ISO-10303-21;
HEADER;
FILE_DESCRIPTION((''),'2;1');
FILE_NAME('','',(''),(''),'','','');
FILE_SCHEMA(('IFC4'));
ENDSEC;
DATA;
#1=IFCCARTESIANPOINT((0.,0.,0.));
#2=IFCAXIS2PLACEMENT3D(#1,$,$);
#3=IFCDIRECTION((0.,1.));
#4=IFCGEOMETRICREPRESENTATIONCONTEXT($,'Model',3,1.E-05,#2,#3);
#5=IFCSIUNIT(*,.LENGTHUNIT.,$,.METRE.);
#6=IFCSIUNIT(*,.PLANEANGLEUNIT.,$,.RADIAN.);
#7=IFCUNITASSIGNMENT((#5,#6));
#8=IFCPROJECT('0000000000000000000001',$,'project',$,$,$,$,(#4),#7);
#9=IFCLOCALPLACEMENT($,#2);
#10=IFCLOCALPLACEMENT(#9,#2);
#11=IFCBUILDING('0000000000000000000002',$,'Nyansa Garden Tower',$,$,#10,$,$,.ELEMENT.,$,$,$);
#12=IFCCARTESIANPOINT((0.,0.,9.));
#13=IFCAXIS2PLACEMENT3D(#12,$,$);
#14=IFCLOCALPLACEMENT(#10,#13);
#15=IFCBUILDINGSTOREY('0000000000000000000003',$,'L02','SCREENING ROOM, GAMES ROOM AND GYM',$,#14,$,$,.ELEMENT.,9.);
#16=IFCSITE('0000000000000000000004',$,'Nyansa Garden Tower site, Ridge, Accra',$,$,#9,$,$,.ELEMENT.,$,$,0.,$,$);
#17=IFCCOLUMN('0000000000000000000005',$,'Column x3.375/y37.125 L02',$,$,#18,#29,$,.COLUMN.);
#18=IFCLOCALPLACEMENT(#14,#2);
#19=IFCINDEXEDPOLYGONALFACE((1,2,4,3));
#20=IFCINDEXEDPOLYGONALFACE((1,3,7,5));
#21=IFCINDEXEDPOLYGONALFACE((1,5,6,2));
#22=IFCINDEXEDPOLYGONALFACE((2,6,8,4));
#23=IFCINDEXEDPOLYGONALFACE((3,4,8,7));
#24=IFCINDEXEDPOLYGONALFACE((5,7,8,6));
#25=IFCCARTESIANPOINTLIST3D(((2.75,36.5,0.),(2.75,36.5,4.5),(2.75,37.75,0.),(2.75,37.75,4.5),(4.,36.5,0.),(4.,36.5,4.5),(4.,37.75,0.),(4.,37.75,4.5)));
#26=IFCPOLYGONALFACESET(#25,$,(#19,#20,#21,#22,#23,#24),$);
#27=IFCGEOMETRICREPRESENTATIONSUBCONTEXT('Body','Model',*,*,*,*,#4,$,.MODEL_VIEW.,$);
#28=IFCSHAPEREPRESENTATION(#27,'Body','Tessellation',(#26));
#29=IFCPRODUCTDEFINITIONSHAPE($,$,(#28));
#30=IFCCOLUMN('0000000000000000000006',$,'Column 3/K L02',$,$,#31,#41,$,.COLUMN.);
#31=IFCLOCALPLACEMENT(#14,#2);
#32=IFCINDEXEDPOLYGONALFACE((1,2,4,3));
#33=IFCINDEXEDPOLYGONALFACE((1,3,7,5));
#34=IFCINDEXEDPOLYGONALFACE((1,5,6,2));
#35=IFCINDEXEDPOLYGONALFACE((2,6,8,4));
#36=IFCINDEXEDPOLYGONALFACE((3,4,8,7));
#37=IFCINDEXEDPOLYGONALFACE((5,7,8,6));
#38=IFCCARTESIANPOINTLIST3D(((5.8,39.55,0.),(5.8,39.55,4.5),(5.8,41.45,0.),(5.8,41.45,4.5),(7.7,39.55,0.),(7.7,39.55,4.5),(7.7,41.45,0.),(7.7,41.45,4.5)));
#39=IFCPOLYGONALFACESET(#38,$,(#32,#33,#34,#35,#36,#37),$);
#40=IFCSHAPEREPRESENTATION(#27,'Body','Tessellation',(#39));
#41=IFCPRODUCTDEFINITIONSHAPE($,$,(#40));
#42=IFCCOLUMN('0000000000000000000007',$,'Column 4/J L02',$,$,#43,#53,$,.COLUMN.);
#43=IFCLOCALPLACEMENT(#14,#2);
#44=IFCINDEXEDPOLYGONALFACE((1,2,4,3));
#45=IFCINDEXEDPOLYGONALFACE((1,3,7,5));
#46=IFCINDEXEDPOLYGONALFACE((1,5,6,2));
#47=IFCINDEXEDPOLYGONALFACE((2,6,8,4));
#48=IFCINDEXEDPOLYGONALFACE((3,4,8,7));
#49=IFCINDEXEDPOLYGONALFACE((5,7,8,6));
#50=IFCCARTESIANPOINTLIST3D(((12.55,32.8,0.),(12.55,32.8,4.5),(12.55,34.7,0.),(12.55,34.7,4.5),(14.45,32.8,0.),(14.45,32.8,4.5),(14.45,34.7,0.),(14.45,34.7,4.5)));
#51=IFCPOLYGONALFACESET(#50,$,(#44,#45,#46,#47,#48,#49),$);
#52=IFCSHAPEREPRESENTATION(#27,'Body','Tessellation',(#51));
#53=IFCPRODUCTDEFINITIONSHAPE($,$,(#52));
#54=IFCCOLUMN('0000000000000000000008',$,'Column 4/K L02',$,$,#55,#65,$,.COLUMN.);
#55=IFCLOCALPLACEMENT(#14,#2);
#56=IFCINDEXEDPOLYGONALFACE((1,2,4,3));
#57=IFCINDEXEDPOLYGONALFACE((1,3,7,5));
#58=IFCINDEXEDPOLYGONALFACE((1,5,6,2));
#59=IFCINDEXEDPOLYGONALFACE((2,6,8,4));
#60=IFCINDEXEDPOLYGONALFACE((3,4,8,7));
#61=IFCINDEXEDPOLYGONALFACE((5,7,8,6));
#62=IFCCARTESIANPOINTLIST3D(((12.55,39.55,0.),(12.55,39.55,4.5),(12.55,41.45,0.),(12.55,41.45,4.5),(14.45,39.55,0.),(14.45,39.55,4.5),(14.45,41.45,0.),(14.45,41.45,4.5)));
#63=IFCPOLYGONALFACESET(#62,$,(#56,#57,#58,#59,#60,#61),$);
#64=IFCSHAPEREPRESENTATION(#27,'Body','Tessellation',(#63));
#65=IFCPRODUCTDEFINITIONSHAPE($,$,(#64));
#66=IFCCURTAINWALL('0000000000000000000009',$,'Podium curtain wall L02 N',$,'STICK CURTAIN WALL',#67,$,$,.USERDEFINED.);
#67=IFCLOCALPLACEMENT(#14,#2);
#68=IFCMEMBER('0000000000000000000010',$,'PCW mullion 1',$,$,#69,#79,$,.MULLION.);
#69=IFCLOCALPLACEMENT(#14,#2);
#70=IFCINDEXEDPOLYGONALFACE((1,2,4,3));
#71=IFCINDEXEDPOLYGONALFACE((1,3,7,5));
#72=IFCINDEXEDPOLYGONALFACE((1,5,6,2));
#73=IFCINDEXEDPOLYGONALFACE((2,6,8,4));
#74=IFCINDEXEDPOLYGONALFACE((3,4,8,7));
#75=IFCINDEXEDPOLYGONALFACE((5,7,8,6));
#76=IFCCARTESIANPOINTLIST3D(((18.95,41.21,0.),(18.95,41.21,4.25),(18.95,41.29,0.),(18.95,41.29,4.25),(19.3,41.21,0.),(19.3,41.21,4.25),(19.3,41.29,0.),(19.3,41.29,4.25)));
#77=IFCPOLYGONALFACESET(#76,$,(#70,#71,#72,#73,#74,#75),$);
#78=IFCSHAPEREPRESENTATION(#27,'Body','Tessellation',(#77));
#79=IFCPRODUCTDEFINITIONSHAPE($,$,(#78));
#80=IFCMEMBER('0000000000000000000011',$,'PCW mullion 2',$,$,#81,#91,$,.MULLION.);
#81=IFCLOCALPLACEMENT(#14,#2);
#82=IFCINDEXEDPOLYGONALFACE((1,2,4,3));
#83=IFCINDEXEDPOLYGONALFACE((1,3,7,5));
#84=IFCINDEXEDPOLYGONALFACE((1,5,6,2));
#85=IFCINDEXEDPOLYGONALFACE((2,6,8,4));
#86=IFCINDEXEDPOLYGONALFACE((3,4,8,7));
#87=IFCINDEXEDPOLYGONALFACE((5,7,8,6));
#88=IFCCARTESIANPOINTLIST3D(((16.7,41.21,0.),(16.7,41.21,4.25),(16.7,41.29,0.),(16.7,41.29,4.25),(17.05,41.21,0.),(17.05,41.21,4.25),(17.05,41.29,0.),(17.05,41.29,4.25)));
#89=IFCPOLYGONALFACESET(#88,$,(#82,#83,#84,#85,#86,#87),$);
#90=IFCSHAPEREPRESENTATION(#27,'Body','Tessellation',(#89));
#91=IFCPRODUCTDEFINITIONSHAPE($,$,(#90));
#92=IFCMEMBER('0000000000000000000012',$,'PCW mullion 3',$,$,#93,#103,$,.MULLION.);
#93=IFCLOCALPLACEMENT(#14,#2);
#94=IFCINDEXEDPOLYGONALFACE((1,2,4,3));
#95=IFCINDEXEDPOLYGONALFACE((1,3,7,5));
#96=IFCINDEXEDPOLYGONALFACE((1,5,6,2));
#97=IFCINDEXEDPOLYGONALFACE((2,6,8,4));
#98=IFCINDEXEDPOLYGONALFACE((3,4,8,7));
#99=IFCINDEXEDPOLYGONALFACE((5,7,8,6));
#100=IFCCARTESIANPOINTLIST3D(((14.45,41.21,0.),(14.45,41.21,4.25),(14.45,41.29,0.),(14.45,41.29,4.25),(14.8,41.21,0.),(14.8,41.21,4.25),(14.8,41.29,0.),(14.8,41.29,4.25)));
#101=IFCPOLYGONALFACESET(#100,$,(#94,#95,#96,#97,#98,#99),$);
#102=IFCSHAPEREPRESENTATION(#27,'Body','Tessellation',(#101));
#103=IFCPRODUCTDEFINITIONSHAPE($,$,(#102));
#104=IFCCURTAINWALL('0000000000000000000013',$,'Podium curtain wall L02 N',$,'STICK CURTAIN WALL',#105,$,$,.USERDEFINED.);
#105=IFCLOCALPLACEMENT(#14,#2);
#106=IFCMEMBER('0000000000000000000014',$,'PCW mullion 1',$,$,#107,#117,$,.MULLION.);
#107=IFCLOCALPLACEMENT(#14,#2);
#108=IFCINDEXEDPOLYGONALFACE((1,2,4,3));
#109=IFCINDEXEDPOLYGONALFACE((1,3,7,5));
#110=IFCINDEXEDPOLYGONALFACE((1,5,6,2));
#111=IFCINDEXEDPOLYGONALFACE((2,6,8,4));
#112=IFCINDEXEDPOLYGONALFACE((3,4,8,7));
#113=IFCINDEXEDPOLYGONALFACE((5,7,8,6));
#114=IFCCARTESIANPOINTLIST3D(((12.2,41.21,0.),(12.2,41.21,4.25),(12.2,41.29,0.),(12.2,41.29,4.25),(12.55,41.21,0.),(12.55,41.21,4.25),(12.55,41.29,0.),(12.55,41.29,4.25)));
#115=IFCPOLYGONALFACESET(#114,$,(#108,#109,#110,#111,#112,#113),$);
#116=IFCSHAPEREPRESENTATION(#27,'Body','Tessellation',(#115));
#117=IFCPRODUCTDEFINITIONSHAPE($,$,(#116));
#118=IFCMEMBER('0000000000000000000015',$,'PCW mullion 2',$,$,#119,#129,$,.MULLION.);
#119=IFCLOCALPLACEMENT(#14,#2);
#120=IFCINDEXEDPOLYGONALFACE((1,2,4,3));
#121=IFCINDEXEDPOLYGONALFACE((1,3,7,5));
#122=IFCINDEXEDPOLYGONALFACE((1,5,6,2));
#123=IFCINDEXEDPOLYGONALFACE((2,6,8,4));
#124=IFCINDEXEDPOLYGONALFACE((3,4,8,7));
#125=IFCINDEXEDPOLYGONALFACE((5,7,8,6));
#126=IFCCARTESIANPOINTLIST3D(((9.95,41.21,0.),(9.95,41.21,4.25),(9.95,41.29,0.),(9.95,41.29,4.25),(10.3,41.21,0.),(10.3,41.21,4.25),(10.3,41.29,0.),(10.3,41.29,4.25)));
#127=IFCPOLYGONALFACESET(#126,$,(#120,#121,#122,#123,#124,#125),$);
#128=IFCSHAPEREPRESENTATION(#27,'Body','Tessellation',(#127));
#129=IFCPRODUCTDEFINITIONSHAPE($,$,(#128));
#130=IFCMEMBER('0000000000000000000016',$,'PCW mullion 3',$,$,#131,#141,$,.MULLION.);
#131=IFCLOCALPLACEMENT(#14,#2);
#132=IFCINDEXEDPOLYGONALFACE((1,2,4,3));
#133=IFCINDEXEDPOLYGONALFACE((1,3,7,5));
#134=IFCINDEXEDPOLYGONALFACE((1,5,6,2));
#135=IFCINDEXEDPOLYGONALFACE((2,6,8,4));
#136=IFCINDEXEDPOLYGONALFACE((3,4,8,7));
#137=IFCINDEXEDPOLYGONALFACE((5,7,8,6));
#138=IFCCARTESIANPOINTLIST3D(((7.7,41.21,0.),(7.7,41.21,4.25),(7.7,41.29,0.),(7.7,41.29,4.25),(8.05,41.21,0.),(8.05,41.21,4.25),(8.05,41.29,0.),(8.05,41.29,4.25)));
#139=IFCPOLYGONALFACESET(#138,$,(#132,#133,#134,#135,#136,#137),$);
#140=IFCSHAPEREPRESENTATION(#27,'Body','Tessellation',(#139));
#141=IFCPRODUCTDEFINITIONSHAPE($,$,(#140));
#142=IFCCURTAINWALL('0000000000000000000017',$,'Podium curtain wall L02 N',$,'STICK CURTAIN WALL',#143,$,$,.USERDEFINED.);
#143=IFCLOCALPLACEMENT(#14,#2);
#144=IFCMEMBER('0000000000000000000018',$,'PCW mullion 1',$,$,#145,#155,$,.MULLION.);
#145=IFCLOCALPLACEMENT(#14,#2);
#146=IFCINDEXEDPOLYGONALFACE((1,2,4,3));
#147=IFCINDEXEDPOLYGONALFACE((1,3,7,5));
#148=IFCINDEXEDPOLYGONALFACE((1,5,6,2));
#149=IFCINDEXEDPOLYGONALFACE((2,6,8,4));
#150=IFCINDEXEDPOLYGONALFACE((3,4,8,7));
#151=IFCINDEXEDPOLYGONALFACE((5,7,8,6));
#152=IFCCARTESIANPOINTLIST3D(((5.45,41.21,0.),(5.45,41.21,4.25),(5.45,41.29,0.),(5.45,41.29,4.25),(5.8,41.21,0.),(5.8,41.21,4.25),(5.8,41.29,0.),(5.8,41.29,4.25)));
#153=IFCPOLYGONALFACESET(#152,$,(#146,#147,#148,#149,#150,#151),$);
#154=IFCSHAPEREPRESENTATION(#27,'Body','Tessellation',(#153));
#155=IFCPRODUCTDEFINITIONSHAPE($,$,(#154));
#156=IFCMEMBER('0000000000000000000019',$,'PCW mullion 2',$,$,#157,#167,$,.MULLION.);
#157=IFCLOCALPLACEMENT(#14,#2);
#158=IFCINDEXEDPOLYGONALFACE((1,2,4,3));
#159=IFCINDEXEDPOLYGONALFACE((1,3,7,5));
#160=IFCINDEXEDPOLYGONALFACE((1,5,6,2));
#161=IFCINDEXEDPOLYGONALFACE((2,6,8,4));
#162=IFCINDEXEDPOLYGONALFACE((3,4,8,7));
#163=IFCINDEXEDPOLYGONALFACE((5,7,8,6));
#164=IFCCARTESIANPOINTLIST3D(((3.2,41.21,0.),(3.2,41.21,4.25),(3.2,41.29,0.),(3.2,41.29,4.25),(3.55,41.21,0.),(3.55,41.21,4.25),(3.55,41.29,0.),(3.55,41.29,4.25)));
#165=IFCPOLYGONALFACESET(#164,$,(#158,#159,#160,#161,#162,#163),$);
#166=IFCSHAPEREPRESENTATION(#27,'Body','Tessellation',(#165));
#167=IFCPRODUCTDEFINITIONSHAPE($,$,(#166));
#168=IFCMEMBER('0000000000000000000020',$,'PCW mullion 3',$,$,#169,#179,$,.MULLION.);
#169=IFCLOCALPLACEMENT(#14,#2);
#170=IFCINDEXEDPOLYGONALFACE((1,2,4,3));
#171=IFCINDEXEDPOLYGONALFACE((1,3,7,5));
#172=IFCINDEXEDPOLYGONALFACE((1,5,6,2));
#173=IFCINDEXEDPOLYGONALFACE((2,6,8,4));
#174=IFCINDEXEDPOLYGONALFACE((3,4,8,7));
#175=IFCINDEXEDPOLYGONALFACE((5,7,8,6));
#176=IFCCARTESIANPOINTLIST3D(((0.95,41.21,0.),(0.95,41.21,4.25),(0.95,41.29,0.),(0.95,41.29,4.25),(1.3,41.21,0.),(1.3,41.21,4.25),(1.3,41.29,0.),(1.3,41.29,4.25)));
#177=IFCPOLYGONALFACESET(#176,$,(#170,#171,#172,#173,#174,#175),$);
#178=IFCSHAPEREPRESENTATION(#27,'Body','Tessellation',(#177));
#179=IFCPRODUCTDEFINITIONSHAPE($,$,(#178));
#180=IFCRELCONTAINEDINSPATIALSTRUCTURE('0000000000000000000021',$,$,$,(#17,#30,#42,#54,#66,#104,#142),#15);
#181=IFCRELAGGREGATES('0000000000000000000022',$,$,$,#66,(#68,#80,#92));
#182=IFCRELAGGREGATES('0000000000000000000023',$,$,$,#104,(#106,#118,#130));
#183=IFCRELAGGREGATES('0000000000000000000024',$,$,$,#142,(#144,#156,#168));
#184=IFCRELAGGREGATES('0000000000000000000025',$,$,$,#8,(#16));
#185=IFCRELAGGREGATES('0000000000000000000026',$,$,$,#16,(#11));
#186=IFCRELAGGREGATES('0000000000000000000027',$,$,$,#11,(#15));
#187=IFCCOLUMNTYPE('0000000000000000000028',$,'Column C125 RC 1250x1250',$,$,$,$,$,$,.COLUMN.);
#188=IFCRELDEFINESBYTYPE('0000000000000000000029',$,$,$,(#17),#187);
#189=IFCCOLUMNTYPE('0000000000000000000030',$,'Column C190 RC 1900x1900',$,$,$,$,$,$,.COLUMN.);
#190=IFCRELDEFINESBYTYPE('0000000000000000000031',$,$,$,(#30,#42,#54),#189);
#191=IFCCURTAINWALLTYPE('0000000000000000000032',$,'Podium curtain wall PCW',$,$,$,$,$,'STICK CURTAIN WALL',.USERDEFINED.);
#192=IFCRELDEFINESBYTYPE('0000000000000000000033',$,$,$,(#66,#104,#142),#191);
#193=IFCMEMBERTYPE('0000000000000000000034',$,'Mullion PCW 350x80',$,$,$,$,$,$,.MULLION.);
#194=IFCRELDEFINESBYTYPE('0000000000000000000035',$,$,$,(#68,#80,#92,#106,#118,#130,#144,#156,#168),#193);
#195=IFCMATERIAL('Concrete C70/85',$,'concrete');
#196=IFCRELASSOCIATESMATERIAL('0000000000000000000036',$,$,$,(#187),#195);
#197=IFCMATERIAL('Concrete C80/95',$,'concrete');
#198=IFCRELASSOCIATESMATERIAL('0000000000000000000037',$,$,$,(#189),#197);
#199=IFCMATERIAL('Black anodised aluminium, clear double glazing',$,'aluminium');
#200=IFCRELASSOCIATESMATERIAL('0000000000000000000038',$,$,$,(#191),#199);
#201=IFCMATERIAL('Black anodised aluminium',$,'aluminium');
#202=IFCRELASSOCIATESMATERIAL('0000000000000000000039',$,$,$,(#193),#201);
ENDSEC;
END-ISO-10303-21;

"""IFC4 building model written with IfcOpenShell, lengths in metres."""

from ifc_helpers import new_model, si_unit, direction, frame, origin, origin_2d, place, context, subcontext, project, spatial, rectangle, extrude, material, material_profile, profile_set, type_object, element, aggregate, save


model = new_model("IFC4")

# Units and contexts
model_context = context("Model", 3, precision=1e-05, world=origin(), true_north=direction((0.0, 1.0)))
body_context = subcontext(model_context, "Body", "Model", "MODEL_VIEW")
ifc_project = project(units=[si_unit("LENGTHUNIT", "METRE"), si_unit("PLANEANGLEUNIT", "RADIAN")], contexts=[model_context])

# Site, building, storey
site_placement = place(None, origin())
site = spatial("IfcSite", under=ifc_project, at=site_placement, Name="Nyansa Garden Tower site, Ridge, Accra", CompositionType="ELEMENT", RefElevation=0.0)
building_placement = place(site_placement, origin())
building = spatial("IfcBuilding", under=site, at=building_placement, Name="Nyansa Garden Tower", CompositionType="ELEMENT")
storey_placement = place(building_placement, frame((0.0, 0.0, 9.0)))
storey = spatial("IfcBuildingStorey", under=building, at=storey_placement, Name="L02", Description="SCREENING ROOM, GAMES ROOM AND GYM", CompositionType="ELEMENT", Elevation=9.0)

# Columns
ifc_material_1 = material(Name="Concrete C70/85", Category="concrete")
ifc_material_profile_1 = material_profile(ifc_material_1, rectangle(XDim=1.25, YDim=1.25, at=origin_2d()), Name="RC 1250x1250")
ifc_profile_set_1 = profile_set([ifc_material_profile_1], Name="Concrete C70/85")
column_type_1 = type_object("IfcColumnType", Name="Column C125 RC 1250x1250", PredefinedType="COLUMN", material=ifc_profile_set_1)
column_placement = place(storey_placement, frame((3.375, 37.125, 0.0), z_axis=(0.0, 0.0, 1.0), x_axis=(1.0, 0.0, 0.0)))
element("IfcColumn", 1, at=column_placement, inside=storey, type_object=column_type_1, Name="Column x3.375/y37.125 L02", PredefinedType="COLUMN", context=body_context, shape_type="SweptSolid", body=[
    extrude(rectangle(XDim=1.25, YDim=1.25, at=origin_2d()), origin(), (0.0, 0.0, 1.0), 4.5),
])
ifc_material_2 = material(Name="Concrete C80/95", Category="concrete")
ifc_material_profile_2 = material_profile(ifc_material_2, rectangle(XDim=1.8999, YDim=1.8999, at=origin_2d()), Name="RC 1900x1900")
ifc_profile_set_2 = profile_set([ifc_material_profile_2], Name="Concrete C80/95")
column_type_2 = type_object("IfcColumnType", Name="Column C190 RC 1900x1900", PredefinedType="COLUMN", material=ifc_profile_set_2)
for number, where, z_axis, x_axis, name in (
    (2, (6.75, 40.5, 0.0), (0.0, 0.0, 1.0), (1.0, 0.0, 0.0), "Column 3/K L02"),
    (3, (13.5, 33.75, 0.0), (0.0, 0.0, 1.0), (1.0, 0.0, 0.0), "Column 4/J L02"),
    (4, (13.5, 40.5, 0.0), (0.0, 0.0, 1.0), (1.0, 0.0, 0.0), "Column 4/K L02"),
):
    element("IfcColumn", number, at=place(storey_placement, frame(where, z_axis=z_axis, x_axis=x_axis)), inside=storey, type_object=column_type_2, Name=name, PredefinedType="COLUMN", context=body_context, shape_type="SweptSolid", body=[
        extrude(rectangle(XDim=1.8999, YDim=1.8999, at=origin_2d()), origin(), (0.0, 0.0, 1.0), 4.5),
    ])

# Curtain walls, members
ifc_material_3 = material(Name="Black anodised aluminium, clear double glazing", Category="aluminium")
curtain_wall_type = type_object("IfcCurtainWallType", Name="Podium curtain wall PCW", ElementType="STICK CURTAIN WALL", PredefinedType="USERDEFINED", material=ifc_material_3)
curtain_wall_1_placement = place(storey_placement, origin())
curtain_wall_1 = element("IfcCurtainWall", 5, at=curtain_wall_1_placement, inside=storey, type_object=curtain_wall_type, Name="Podium curtain wall L02 N", ObjectType="STICK CURTAIN WALL", PredefinedType="USERDEFINED")
ifc_material_4 = material(Name="Black anodised aluminium", Category="aluminium")
ifc_material_profile_3 = material_profile(ifc_material_4, rectangle(XDim=0.0801, YDim=0.3501, at=origin_2d()), Name="Mullion 350x80")
ifc_profile_set_3 = profile_set([ifc_material_profile_3], Name="Black anodised aluminium")
member_type_1 = type_object("IfcMemberType", Name="Mullion PCW 350x80", PredefinedType="MULLION", material=ifc_profile_set_3)
member_1_placement = place(storey_placement, frame((19.125, 41.25, 0.0), z_axis=(0.0, 0.0, 1.0), x_axis=(0.0, -1.0, 0.0)))
member_1 = element("IfcMember", 6, at=member_1_placement, type_object=member_type_1, Name="PCW mullion 1", PredefinedType="MULLION", context=body_context, shape_type="SweptSolid", body=[
    extrude(rectangle(XDim=0.0801, YDim=0.3501, at=origin_2d()), origin(), (0.0, 0.0, 1.0), 4.25),
])
member_2_placement = place(storey_placement, frame((16.875, 41.25, 0.0), z_axis=(0.0, 0.0, 1.0), x_axis=(0.0, -1.0, 0.0)))
member_2 = element("IfcMember", 7, at=member_2_placement, type_object=member_type_1, Name="PCW mullion 2", PredefinedType="MULLION", context=body_context, shape_type="SweptSolid", body=[
    extrude(rectangle(XDim=0.0801, YDim=0.3501, at=origin_2d()), origin(), (0.0, 0.0, 1.0), 4.25),
])
member_3_placement = place(storey_placement, frame((14.625, 41.25, 0.0), z_axis=(0.0, 0.0, 1.0), x_axis=(0.0, -1.0, 0.0)))
member_3 = element("IfcMember", 8, at=member_3_placement, type_object=member_type_1, Name="PCW mullion 3", PredefinedType="MULLION", context=body_context, shape_type="SweptSolid", body=[
    extrude(rectangle(XDim=0.0801, YDim=0.3501, at=origin_2d()), origin(), (0.0, 0.0, 1.0), 4.25),
])
curtain_wall_2_placement = place(storey_placement, origin())
curtain_wall_2 = element("IfcCurtainWall", 9, at=curtain_wall_2_placement, inside=storey, type_object=curtain_wall_type, Name="Podium curtain wall L02 N", ObjectType="STICK CURTAIN WALL", PredefinedType="USERDEFINED")
member_4_placement = place(storey_placement, frame((12.375, 41.25, 0.0), z_axis=(0.0, 0.0, 1.0), x_axis=(0.0, -1.0, 0.0)))
member_4 = element("IfcMember", 10, at=member_4_placement, type_object=member_type_1, Name="PCW mullion 1", PredefinedType="MULLION", context=body_context, shape_type="SweptSolid", body=[
    extrude(rectangle(XDim=0.0801, YDim=0.3501, at=origin_2d()), origin(), (0.0, 0.0, 1.0), 4.25),
])
member_5_placement = place(storey_placement, frame((10.125, 41.25, 0.0), z_axis=(0.0, 0.0, 1.0), x_axis=(0.0, -1.0, 0.0)))
member_5 = element("IfcMember", 11, at=member_5_placement, type_object=member_type_1, Name="PCW mullion 2", PredefinedType="MULLION", context=body_context, shape_type="SweptSolid", body=[
    extrude(rectangle(XDim=0.0801, YDim=0.3501, at=origin_2d()), origin(), (0.0, 0.0, 1.0), 4.25),
])
member_6_placement = place(storey_placement, frame((7.875, 41.25, 0.0), z_axis=(0.0, 0.0, 1.0), x_axis=(0.0, -1.0, 0.0)))
member_6 = element("IfcMember", 12, at=member_6_placement, type_object=member_type_1, Name="PCW mullion 3", PredefinedType="MULLION", context=body_context, shape_type="SweptSolid", body=[
    extrude(rectangle(XDim=0.0801, YDim=0.3501, at=origin_2d()), origin(), (0.0, 0.0, 1.0), 4.25),
])
curtain_wall_3_placement = place(storey_placement, origin())
curtain_wall_3 = element("IfcCurtainWall", 13, at=curtain_wall_3_placement, inside=storey, type_object=curtain_wall_type, Name="Podium curtain wall L02 N", ObjectType="STICK CURTAIN WALL", PredefinedType="USERDEFINED")
member_7_placement = place(storey_placement, frame((5.625, 41.25, 0.0), z_axis=(0.0, 0.0, 1.0), x_axis=(0.0, -1.0, 0.0)))
member_7 = element("IfcMember", 14, at=member_7_placement, type_object=member_type_1, Name="PCW mullion 1", PredefinedType="MULLION", context=body_context, shape_type="SweptSolid", body=[
    extrude(rectangle(XDim=0.0801, YDim=0.3501, at=origin_2d()), origin(), (0.0, 0.0, 1.0), 4.25),
])
member_8_placement = place(storey_placement, frame((3.375, 41.25, 0.0), z_axis=(0.0, 0.0, 1.0), x_axis=(0.0, -1.0, 0.0)))
member_8 = element("IfcMember", 15, at=member_8_placement, type_object=member_type_1, Name="PCW mullion 2", PredefinedType="MULLION", context=body_context, shape_type="SweptSolid", body=[
    extrude(rectangle(XDim=0.0801, YDim=0.3501, at=origin_2d()), origin(), (0.0, 0.0, 1.0), 4.25),
])
member_9_placement = place(storey_placement, frame((1.125, 41.25, 0.0), z_axis=(0.0, 0.0, 1.0), x_axis=(0.0, -1.0, 0.0)))
member_9 = element("IfcMember", 16, at=member_9_placement, type_object=member_type_1, Name="PCW mullion 3", PredefinedType="MULLION", context=body_context, shape_type="SweptSolid", body=[
    extrude(rectangle(XDim=0.0801, YDim=0.3501, at=origin_2d()), origin(), (0.0, 0.0, 1.0), 4.25),
])

aggregate(curtain_wall_1, [member_1, member_2, member_3])
aggregate(curtain_wall_2, [member_4, member_5, member_6])
aggregate(curtain_wall_3, [member_7, member_8, member_9])

save(model, "model.ifc")
